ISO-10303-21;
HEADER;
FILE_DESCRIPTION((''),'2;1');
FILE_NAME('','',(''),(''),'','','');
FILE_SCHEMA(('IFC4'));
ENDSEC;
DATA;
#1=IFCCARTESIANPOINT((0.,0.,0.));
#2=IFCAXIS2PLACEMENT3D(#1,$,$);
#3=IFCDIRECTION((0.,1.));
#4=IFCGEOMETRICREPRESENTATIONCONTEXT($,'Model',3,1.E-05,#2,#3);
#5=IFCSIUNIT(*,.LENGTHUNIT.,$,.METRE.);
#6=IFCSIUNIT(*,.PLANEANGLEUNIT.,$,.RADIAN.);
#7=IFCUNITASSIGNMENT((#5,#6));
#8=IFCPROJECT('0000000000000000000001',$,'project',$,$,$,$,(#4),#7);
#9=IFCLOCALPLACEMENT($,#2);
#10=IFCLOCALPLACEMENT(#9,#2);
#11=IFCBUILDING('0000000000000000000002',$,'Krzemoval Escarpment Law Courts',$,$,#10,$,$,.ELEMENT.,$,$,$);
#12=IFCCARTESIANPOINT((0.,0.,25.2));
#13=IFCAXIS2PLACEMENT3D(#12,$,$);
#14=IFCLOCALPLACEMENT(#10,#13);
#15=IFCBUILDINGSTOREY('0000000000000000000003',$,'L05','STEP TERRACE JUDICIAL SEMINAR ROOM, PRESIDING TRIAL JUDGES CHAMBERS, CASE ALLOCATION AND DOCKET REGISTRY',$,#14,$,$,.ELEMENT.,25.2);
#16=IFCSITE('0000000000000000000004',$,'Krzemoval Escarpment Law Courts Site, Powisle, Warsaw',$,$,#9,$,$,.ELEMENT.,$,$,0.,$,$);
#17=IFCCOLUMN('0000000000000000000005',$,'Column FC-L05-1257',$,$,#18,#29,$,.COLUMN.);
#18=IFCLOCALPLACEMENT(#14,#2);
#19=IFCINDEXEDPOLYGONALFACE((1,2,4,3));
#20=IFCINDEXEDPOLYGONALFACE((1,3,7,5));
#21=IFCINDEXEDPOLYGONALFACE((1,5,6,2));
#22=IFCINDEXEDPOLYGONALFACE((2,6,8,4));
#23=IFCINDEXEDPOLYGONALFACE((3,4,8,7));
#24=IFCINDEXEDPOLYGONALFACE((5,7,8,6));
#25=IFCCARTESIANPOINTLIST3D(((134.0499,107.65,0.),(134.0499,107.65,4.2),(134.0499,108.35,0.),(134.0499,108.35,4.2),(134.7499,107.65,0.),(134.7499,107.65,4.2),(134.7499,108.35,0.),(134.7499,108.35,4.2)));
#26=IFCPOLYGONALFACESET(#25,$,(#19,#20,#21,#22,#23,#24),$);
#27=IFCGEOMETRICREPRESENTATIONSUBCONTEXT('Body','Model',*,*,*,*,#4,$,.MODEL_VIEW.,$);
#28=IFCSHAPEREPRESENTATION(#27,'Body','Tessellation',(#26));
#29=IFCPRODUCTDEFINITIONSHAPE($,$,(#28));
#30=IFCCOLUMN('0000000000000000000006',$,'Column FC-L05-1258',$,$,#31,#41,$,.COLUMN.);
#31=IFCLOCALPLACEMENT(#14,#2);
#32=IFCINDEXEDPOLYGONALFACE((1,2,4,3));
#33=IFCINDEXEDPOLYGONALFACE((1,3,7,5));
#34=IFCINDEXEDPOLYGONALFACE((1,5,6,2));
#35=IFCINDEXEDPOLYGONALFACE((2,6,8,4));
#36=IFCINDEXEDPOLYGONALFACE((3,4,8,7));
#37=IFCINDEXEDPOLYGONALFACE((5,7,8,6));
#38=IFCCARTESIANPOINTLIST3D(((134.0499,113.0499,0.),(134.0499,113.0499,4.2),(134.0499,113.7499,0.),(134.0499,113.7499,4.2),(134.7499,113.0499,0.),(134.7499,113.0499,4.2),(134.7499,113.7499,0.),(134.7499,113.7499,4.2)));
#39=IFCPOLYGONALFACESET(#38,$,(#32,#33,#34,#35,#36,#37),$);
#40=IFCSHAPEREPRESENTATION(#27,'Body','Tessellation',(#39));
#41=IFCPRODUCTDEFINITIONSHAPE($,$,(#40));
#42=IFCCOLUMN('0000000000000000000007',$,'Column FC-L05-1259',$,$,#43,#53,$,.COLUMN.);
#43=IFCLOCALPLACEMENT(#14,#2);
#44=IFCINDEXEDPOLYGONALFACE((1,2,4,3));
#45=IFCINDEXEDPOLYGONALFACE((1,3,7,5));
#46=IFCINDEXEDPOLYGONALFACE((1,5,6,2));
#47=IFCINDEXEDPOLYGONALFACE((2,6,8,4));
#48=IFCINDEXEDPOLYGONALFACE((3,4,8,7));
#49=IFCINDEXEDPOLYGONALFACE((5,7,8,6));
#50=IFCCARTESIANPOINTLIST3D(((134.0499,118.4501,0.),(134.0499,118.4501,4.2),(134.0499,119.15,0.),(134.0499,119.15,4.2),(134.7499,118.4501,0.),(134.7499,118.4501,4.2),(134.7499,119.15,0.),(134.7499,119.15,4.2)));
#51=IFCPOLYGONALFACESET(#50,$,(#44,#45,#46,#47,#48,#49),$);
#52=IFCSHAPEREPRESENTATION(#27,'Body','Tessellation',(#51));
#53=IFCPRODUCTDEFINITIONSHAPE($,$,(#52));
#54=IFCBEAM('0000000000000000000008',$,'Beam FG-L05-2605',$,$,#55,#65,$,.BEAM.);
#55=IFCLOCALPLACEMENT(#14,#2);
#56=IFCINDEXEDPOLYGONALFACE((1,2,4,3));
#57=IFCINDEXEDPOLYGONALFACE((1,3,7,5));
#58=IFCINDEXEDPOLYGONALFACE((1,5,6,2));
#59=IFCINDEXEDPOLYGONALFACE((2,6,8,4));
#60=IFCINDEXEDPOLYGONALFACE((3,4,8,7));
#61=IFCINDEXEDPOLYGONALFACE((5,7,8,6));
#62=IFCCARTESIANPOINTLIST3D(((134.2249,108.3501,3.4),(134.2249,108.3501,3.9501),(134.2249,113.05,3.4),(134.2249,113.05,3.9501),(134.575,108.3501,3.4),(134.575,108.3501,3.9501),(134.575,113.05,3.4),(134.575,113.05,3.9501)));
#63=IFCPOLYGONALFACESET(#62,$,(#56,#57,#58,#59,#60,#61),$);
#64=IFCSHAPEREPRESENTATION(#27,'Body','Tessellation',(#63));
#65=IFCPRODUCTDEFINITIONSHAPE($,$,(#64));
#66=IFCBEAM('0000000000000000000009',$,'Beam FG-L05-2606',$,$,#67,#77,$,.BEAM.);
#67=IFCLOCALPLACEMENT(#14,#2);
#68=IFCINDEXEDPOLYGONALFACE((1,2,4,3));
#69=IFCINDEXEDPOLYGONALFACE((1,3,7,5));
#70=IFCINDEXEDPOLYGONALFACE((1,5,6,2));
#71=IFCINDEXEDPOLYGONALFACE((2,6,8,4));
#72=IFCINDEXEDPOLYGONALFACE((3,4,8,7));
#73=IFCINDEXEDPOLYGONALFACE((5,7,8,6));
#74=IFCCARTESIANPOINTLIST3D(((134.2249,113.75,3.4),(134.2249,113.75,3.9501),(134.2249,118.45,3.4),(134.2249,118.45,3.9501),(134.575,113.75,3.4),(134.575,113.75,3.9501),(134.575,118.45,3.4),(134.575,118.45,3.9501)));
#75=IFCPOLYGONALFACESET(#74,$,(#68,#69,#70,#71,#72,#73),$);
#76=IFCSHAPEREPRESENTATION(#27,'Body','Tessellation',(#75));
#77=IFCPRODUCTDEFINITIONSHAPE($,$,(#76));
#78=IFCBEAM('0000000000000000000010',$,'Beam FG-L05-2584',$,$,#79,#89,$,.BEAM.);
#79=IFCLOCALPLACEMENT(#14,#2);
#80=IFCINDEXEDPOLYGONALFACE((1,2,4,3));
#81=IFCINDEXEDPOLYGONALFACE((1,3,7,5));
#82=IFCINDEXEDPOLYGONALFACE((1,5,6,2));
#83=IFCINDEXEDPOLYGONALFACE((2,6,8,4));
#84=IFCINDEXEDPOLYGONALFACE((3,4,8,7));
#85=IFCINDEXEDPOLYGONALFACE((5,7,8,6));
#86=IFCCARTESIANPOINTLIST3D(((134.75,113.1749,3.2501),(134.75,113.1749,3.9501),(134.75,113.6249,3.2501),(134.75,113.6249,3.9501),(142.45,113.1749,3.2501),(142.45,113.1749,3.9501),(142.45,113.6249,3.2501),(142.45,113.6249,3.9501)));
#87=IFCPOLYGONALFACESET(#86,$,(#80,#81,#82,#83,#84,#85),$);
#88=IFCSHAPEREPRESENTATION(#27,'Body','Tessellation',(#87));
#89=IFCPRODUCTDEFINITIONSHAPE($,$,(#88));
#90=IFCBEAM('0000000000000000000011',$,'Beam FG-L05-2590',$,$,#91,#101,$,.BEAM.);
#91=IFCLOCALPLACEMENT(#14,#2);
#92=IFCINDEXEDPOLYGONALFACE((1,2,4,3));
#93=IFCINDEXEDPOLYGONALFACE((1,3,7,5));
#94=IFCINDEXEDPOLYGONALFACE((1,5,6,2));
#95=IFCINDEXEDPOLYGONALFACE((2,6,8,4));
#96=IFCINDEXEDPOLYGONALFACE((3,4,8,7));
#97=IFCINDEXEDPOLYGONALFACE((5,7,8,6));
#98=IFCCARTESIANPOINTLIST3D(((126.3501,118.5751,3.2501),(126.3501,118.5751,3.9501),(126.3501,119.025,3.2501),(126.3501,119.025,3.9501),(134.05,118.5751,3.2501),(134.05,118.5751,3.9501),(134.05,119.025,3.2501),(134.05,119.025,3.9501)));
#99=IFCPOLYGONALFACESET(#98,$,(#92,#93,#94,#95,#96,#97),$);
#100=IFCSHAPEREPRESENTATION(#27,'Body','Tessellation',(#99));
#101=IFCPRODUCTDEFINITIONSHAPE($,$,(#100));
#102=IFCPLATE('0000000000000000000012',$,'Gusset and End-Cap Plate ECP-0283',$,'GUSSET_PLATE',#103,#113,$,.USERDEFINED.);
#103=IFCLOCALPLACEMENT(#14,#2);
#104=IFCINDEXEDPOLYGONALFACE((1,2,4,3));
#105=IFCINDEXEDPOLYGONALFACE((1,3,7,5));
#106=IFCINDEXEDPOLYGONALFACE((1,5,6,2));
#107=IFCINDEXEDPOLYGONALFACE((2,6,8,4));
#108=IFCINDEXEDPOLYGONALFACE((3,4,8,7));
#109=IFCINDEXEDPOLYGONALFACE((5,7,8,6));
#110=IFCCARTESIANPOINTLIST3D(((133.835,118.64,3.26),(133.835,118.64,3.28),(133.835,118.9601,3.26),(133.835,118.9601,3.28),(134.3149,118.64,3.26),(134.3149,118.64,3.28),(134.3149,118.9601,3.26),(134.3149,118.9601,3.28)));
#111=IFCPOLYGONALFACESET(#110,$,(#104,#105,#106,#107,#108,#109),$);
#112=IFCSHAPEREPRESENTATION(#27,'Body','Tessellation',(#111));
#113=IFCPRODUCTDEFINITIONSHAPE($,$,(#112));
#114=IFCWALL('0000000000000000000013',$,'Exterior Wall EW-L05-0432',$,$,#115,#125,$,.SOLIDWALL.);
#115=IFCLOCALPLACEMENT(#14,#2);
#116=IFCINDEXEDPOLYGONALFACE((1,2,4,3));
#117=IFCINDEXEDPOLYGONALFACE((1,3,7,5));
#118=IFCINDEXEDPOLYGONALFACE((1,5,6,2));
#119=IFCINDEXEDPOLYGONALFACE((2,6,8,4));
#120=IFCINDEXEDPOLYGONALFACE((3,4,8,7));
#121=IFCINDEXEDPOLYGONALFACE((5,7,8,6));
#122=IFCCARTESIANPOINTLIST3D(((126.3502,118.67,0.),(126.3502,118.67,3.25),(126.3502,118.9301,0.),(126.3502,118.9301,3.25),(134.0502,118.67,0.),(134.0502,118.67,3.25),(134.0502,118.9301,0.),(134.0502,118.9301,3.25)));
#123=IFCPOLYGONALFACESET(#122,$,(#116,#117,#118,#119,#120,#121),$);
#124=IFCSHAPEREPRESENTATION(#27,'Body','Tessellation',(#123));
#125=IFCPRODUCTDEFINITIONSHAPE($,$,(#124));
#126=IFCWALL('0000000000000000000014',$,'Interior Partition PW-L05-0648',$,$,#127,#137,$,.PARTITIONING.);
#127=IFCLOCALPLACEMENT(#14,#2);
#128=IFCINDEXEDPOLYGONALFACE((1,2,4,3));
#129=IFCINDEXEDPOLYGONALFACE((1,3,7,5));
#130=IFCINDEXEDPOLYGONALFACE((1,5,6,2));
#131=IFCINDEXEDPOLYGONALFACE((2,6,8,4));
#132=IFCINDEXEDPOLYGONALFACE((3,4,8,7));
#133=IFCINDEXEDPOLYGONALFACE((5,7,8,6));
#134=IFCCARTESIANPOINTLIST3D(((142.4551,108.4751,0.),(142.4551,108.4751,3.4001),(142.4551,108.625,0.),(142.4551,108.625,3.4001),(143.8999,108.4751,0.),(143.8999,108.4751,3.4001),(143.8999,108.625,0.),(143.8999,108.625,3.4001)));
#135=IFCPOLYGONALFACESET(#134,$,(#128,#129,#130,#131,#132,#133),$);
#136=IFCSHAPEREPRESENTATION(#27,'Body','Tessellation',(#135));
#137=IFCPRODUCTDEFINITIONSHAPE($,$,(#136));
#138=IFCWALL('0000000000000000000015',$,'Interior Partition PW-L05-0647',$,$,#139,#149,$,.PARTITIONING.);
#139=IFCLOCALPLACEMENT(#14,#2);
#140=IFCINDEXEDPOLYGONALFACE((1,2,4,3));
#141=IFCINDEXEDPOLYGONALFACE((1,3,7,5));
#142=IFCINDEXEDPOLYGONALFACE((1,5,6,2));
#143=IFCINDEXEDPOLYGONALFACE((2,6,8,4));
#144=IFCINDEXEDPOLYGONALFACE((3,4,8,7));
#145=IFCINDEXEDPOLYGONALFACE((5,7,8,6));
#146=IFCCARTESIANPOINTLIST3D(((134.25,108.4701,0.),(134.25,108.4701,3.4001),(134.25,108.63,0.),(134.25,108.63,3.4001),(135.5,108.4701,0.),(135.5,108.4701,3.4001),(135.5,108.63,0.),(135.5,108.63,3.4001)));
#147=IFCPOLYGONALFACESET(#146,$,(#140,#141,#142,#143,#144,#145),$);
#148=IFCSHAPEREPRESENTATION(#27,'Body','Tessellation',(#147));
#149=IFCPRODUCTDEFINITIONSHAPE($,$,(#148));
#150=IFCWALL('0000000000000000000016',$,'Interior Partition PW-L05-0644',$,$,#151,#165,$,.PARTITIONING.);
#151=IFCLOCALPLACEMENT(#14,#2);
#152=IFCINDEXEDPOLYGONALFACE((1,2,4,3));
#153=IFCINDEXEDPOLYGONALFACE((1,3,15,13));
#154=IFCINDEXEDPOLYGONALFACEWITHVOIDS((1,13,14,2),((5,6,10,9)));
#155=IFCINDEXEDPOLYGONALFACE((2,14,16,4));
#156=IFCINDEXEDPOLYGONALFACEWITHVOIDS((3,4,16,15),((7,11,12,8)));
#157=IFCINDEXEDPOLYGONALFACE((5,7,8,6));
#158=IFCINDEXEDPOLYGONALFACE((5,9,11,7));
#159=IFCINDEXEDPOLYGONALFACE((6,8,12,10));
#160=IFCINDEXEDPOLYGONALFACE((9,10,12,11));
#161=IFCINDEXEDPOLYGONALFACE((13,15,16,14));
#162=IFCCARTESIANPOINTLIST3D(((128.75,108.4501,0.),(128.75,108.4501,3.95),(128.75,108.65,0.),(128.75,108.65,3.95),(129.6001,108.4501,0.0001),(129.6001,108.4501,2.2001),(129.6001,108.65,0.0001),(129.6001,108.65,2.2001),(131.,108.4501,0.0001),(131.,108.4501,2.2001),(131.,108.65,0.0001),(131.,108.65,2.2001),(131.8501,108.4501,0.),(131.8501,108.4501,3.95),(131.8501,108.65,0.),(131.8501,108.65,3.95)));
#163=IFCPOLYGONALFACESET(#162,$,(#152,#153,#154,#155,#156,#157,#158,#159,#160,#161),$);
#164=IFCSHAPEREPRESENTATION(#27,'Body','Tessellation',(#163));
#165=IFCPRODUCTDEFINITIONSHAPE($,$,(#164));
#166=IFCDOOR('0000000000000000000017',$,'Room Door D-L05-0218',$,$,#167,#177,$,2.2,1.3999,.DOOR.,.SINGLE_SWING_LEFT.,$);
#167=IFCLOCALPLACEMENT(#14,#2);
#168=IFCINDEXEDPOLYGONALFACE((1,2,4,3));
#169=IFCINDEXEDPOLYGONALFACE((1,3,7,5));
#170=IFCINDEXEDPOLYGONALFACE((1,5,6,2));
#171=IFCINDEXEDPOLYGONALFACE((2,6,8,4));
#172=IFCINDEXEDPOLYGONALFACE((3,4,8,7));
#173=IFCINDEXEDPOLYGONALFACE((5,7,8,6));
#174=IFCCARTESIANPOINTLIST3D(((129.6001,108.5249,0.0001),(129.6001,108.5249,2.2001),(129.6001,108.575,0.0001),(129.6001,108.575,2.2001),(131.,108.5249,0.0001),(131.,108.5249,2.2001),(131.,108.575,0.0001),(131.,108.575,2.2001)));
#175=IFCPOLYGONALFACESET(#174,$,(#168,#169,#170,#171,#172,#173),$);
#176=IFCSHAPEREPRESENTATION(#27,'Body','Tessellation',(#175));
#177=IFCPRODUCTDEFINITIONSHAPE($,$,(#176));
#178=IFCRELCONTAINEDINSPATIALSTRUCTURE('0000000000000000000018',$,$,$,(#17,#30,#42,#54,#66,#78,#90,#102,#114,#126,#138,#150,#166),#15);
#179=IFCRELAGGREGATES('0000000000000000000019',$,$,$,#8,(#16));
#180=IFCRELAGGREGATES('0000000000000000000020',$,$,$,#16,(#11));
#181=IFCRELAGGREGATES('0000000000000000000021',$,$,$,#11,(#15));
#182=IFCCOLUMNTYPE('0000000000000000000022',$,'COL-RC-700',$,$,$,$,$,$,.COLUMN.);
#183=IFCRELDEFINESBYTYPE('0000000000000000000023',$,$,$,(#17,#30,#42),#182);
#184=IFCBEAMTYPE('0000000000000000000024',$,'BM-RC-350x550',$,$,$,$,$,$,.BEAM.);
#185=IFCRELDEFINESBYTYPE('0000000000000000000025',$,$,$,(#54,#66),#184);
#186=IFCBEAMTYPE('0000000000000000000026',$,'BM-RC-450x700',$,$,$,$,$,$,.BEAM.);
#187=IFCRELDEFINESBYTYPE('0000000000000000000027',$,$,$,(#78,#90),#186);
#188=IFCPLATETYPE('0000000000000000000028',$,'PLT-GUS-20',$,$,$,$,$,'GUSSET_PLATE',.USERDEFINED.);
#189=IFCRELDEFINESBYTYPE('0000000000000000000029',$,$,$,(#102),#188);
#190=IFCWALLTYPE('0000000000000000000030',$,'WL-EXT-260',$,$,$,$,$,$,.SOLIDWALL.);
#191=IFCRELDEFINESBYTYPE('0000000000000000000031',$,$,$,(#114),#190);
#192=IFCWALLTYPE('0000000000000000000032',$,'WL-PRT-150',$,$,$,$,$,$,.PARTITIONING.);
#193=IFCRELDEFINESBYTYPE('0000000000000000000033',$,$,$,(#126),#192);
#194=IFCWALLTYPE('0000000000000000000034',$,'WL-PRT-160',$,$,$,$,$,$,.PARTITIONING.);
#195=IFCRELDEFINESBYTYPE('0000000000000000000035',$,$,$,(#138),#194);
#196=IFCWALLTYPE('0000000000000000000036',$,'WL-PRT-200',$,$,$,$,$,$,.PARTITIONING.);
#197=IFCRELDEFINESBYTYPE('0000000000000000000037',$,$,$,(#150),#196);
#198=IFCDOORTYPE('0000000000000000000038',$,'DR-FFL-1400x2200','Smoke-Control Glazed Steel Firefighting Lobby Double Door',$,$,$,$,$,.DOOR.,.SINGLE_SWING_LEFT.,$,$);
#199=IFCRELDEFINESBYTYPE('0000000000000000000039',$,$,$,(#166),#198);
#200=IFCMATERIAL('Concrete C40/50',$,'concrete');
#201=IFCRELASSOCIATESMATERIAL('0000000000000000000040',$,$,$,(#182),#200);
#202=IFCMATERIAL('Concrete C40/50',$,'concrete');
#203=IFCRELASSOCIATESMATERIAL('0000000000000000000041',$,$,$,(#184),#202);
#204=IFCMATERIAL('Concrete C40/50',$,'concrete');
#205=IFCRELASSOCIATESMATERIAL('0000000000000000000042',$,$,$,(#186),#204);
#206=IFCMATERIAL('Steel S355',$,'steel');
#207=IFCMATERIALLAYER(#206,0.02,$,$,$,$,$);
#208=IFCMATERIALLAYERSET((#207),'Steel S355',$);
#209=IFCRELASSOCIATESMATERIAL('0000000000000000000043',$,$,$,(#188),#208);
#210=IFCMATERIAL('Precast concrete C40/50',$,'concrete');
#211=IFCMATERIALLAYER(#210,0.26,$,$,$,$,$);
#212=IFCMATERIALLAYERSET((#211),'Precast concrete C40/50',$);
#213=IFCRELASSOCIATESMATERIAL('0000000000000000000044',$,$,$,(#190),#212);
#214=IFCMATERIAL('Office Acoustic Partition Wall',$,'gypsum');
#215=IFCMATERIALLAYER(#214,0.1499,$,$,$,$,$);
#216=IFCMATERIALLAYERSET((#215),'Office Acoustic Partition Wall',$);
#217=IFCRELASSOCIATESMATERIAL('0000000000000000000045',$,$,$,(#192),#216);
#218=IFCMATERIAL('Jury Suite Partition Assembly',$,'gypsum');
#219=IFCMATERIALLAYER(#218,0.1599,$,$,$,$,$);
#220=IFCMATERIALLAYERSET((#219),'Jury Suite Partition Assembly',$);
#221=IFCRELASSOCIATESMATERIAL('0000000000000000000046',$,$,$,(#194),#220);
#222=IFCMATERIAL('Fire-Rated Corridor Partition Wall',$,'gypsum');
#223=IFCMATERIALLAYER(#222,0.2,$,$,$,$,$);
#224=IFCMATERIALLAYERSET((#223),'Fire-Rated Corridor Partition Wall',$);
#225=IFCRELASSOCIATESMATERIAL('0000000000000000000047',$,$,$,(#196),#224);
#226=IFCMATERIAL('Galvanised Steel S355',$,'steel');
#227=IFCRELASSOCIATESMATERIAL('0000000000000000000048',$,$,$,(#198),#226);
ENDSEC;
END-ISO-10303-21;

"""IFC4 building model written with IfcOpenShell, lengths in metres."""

from ifc_helpers import new_model, si_unit, direction, frame, frame_2d, origin, origin_2d, place, context, subcontext, project, spatial, rectangle, extrude, material, layer, layer_set, material_profile, profile_set, type_object, element, fill, save


model = new_model("IFC4")

# Units and contexts
model_context = context("Model", 3, precision=1e-05, world=origin(), true_north=direction((0.0, 1.0)))
body_context = subcontext(model_context, "Body", "Model", "MODEL_VIEW")
ifc_project = project(units=[si_unit("LENGTHUNIT", "METRE"), si_unit("PLANEANGLEUNIT", "RADIAN")], contexts=[model_context])

# Site, building, storey
site_placement = place(None, origin())
site = spatial("IfcSite", under=ifc_project, at=site_placement, Name="Krzemoval Escarpment Law Courts Site, Powisle, Warsaw", CompositionType="ELEMENT", RefElevation=0.0)
building_placement = place(site_placement, origin())
building = spatial("IfcBuilding", under=site, at=building_placement, Name="Krzemoval Escarpment Law Courts", CompositionType="ELEMENT")
storey_placement = place(building_placement, frame((0.0, 0.0, 25.2)))
storey = spatial("IfcBuildingStorey", under=building, at=storey_placement, Name="L05", Description="STEP TERRACE JUDICIAL SEMINAR ROOM, PRESIDING TRIAL JUDGES CHAMBERS, CASE ALLOCATION AND DOCKET REGISTRY", CompositionType="ELEMENT", Elevation=25.2)

# Columns
ifc_material_1 = material(Name="Concrete C40/50", Category="concrete")
ifc_material_profile_1 = material_profile(ifc_material_1, rectangle(XDim=0.7, YDim=0.7, at=origin_2d()), Name="RC 700x700")
ifc_profile_set_1 = profile_set([ifc_material_profile_1], Name="Concrete C40/50")
column_type = type_object("IfcColumnType", Name="COL-RC-700", PredefinedType="COLUMN", material=ifc_profile_set_1)
for number, where, z_axis, x_axis, name in (
    (1, (134.3999, 108.0, 0.0), (0.0, 0.0, 1.0), (1.0, 0.0, 0.0), "Column FC-L05-1257"),
    (2, (134.3999, 113.3999, 0.0), (0.0, 0.0, 1.0), (1.0, 0.0, 0.0), "Column FC-L05-1258"),
    (3, (134.3999, 118.8, 0.0), (0.0, 0.0, 1.0), (1.0, 0.0, 0.0), "Column FC-L05-1259"),
):
    element("IfcColumn", number, at=place(storey_placement, frame(where, z_axis=z_axis, x_axis=x_axis)), inside=storey, type_object=column_type, Name=name, PredefinedType="COLUMN", context=body_context, shape_type="SweptSolid", body=[
        extrude(rectangle(XDim=0.7, YDim=0.7, at=origin_2d()), origin(), (0.0, 0.0, 1.0), 4.2),
    ])

# Beams
ifc_material_2 = material(Name="Concrete C40/50", Category="concrete")
ifc_material_profile_2 = material_profile(ifc_material_2, rectangle(XDim=0.3501, YDim=0.55, at=origin_2d()), Name="RCB 350x550")
ifc_profile_set_2 = profile_set([ifc_material_profile_2], Name="Concrete C40/50")
beam_type_1 = type_object("IfcBeamType", Name="BM-RC-350x550", PredefinedType="BEAM", material=ifc_profile_set_2)
for number, where, z_axis, x_axis, name in (
    (4, (134.3999, 108.3501, 3.675), (0.0, 1.0, 0.0), (-1.0, 0.0, 0.0), "Beam FG-L05-2605"),
    (5, (134.3999, 113.75, 3.675), (0.0, 1.0, 0.0), (-1.0, 0.0, 0.0), "Beam FG-L05-2606"),
):
    element("IfcBeam", number, at=place(storey_placement, frame(where, z_axis=z_axis, x_axis=x_axis)), inside=storey, type_object=beam_type_1, Name=name, PredefinedType="BEAM", context=body_context, shape_type="SweptSolid", body=[
        extrude(rectangle(XDim=0.3501, YDim=0.55, at=origin_2d()), origin(), (0.0, 0.0, 1.0), 4.7),
    ])
ifc_material_3 = material(Name="Concrete C40/50", Category="concrete")
ifc_material_profile_3 = material_profile(ifc_material_3, rectangle(XDim=0.45, YDim=0.7, at=origin_2d()), Name="RCB 450x700")
ifc_profile_set_3 = profile_set([ifc_material_profile_3], Name="Concrete C40/50")
beam_type_2 = type_object("IfcBeamType", Name="BM-RC-450x700", PredefinedType="BEAM", material=ifc_profile_set_3)
for number, where, z_axis, x_axis, name in (
    (6, (134.75, 113.3999, 3.6001), (1.0, 0.0, 0.0), (0.0, 1.0, 0.0), "Beam FG-L05-2584"),
    (7, (126.3501, 118.8, 3.6001), (1.0, 0.0, 0.0), (0.0, 1.0, 0.0), "Beam FG-L05-2590"),
):
    element("IfcBeam", number, at=place(storey_placement, frame(where, z_axis=z_axis, x_axis=x_axis)), inside=storey, type_object=beam_type_2, Name=name, PredefinedType="BEAM", context=body_context, shape_type="SweptSolid", body=[
        extrude(rectangle(XDim=0.45, YDim=0.7, at=origin_2d()), origin(), (0.0, 0.0, 1.0), 7.7),
    ])

# Plate
ifc_material_4 = material(Name="Steel S355", Category="steel")
ifc_layer_1 = layer(ifc_material_4, 0.02)
ifc_layer_set_1 = layer_set([ifc_layer_1], Name="Steel S355")
plate_type = type_object("IfcPlateType", Name="PLT-GUS-20", ElementType="GUSSET_PLATE", PredefinedType="USERDEFINED", material=ifc_layer_set_1)
plate_placement = place(storey_placement, frame((134.075, 118.8, 3.26), z_axis=(0.0, 0.0, 1.0), x_axis=(1.0, 0.0, 0.0)))
element("IfcPlate", 8, at=plate_placement, inside=storey, type_object=plate_type, Name="Gusset and End-Cap Plate ECP-0283", ObjectType="GUSSET_PLATE", PredefinedType="USERDEFINED", context=body_context, shape_type="SweptSolid", body=[
    extrude(rectangle(XDim=0.48, YDim=0.3201, at=origin_2d()), origin(), (0.0, 0.0, 1.0), 0.02),
])

# Walls
ifc_material_5 = material(Name="Precast concrete C40/50", Category="concrete")
ifc_layer_2 = layer(ifc_material_5, 0.26)
ifc_layer_set_2 = layer_set([ifc_layer_2], Name="Precast concrete C40/50")
wall_type_1 = type_object("IfcWallType", Name="WL-EXT-260", PredefinedType="SOLIDWALL", material=ifc_layer_set_2)
wall_1_placement = place(storey_placement, frame((126.3501, 118.8, 0.0), z_axis=(0.0, 0.0, 1.0), x_axis=(1.0, 0.0, 0.0)))
element("IfcWall", 9, at=wall_1_placement, inside=storey, type_object=wall_type_1, Name="Exterior Wall EW-L05-0432", PredefinedType="SOLIDWALL", context=body_context, shape_type="SweptSolid", body=[
    extrude(rectangle(XDim=7.7, YDim=0.26, at=frame_2d((3.8501, 0.0))), origin(), (0.0, 0.0, 1.0), 3.25),
])
ifc_material_6 = material(Name="Office Acoustic Partition Wall", Category="gypsum")
ifc_layer_3 = layer(ifc_material_6, 0.1499)
ifc_layer_set_3 = layer_set([ifc_layer_3], Name="Office Acoustic Partition Wall")
wall_type_2 = type_object("IfcWallType", Name="WL-PRT-150", PredefinedType="PARTITIONING", material=ifc_layer_set_3)
wall_2_placement = place(storey_placement, frame((142.4551, 108.55, 0.0), z_axis=(0.0, 0.0, 1.0), x_axis=(1.0, 0.0, 0.0)))
element("IfcWall", 10, at=wall_2_placement, inside=storey, type_object=wall_type_2, Name="Interior Partition PW-L05-0648", PredefinedType="PARTITIONING", context=body_context, shape_type="SweptSolid", body=[
    extrude(rectangle(XDim=1.4448, YDim=0.1499, at=frame_2d((0.7224, 0.0))), origin(), (0.0, 0.0, 1.0), 3.4001),
])
ifc_material_7 = material(Name="Jury Suite Partition Assembly", Category="gypsum")
ifc_layer_4 = layer(ifc_material_7, 0.1599)
ifc_layer_set_4 = layer_set([ifc_layer_4], Name="Jury Suite Partition Assembly")
wall_type_3 = type_object("IfcWallType", Name="WL-PRT-160", PredefinedType="PARTITIONING", material=ifc_layer_set_4)
wall_3_placement = place(storey_placement, frame((134.25, 108.55, 0.0), z_axis=(0.0, 0.0, 1.0), x_axis=(1.0, 0.0, 0.0)))
element("IfcWall", 11, at=wall_3_placement, inside=storey, type_object=wall_type_3, Name="Interior Partition PW-L05-0647", PredefinedType="PARTITIONING", context=body_context, shape_type="SweptSolid", body=[
    extrude(rectangle(XDim=1.25, YDim=0.1599, at=frame_2d((0.625, 0.0))), origin(), (0.0, 0.0, 1.0), 3.4001),
])

# Wall, opening, door
ifc_material_8 = material(Name="Fire-Rated Corridor Partition Wall", Category="gypsum")
ifc_layer_5 = layer(ifc_material_8, 0.2)
ifc_layer_set_5 = layer_set([ifc_layer_5], Name="Fire-Rated Corridor Partition Wall")
wall_type_4 = type_object("IfcWallType", Name="WL-PRT-200", PredefinedType="PARTITIONING", material=ifc_layer_set_5)
wall_4_placement = place(storey_placement, frame((128.75, 108.55, 0.0), z_axis=(0.0, 0.0, 1.0), x_axis=(1.0, 0.0, 0.0)))
wall_4 = element("IfcWall", 12, at=wall_4_placement, inside=storey, type_object=wall_type_4, Name="Interior Partition PW-L05-0644", PredefinedType="PARTITIONING", context=body_context, shape_type="SweptSolid", body=[
    extrude(rectangle(XDim=3.1001, YDim=0.2, at=frame_2d((1.55, 0.0))), origin(), (0.0, 0.0, 1.0), 3.95),
])
opening_1_placement = place(wall_4_placement, frame((0.8501, 0.0, 0.0)))
opening_1 = element("IfcOpeningElement", 13, at=opening_1_placement, cuts=wall_4, PredefinedType="OPENING", context=body_context, shape_type="SweptSolid", body=[
    extrude(rectangle(XDim=1.3999, YDim=2.2, at=frame_2d((0.7, 1.1001))), frame((0.0, 0.115, 0.0), z_axis=(0.0, -1.0, 0.0), x_axis=(1.0, 0.0, 0.0)), (0.0, 0.0, 1.0), 0.2299),
])
ifc_material_9 = material(Name="Galvanised Steel S355", Category="steel")
door_type_1 = type_object("IfcDoorType", Name="DR-FFL-1400x2200", Description="Smoke-Control Glazed Steel Firefighting Lobby Double Door", OperationType="SINGLE_SWING_LEFT", PredefinedType="DOOR", material=ifc_material_9)
door_1_placement = place(opening_1_placement, origin())
door_1 = element("IfcDoor", 14, at=door_1_placement, inside=storey, type_object=door_type_1, Name="Room Door D-L05-0218", OperationType="SINGLE_SWING_LEFT", OverallHeight=2.2, OverallWidth=1.3999, PredefinedType="DOOR", context=body_context, shape_type="SweptSolid", body=[
    extrude(rectangle(XDim=1.3999, YDim=2.2, at=frame_2d((0.7, 1.1001))), frame((0.0, 0.0249, 0.0), z_axis=(0.0, -1.0, 0.0), x_axis=(1.0, 0.0, 0.0)), (0.0, 0.0, 1.0), 0.05),
])
fill(opening_1, door_1)

save(model, "model.ifc")
